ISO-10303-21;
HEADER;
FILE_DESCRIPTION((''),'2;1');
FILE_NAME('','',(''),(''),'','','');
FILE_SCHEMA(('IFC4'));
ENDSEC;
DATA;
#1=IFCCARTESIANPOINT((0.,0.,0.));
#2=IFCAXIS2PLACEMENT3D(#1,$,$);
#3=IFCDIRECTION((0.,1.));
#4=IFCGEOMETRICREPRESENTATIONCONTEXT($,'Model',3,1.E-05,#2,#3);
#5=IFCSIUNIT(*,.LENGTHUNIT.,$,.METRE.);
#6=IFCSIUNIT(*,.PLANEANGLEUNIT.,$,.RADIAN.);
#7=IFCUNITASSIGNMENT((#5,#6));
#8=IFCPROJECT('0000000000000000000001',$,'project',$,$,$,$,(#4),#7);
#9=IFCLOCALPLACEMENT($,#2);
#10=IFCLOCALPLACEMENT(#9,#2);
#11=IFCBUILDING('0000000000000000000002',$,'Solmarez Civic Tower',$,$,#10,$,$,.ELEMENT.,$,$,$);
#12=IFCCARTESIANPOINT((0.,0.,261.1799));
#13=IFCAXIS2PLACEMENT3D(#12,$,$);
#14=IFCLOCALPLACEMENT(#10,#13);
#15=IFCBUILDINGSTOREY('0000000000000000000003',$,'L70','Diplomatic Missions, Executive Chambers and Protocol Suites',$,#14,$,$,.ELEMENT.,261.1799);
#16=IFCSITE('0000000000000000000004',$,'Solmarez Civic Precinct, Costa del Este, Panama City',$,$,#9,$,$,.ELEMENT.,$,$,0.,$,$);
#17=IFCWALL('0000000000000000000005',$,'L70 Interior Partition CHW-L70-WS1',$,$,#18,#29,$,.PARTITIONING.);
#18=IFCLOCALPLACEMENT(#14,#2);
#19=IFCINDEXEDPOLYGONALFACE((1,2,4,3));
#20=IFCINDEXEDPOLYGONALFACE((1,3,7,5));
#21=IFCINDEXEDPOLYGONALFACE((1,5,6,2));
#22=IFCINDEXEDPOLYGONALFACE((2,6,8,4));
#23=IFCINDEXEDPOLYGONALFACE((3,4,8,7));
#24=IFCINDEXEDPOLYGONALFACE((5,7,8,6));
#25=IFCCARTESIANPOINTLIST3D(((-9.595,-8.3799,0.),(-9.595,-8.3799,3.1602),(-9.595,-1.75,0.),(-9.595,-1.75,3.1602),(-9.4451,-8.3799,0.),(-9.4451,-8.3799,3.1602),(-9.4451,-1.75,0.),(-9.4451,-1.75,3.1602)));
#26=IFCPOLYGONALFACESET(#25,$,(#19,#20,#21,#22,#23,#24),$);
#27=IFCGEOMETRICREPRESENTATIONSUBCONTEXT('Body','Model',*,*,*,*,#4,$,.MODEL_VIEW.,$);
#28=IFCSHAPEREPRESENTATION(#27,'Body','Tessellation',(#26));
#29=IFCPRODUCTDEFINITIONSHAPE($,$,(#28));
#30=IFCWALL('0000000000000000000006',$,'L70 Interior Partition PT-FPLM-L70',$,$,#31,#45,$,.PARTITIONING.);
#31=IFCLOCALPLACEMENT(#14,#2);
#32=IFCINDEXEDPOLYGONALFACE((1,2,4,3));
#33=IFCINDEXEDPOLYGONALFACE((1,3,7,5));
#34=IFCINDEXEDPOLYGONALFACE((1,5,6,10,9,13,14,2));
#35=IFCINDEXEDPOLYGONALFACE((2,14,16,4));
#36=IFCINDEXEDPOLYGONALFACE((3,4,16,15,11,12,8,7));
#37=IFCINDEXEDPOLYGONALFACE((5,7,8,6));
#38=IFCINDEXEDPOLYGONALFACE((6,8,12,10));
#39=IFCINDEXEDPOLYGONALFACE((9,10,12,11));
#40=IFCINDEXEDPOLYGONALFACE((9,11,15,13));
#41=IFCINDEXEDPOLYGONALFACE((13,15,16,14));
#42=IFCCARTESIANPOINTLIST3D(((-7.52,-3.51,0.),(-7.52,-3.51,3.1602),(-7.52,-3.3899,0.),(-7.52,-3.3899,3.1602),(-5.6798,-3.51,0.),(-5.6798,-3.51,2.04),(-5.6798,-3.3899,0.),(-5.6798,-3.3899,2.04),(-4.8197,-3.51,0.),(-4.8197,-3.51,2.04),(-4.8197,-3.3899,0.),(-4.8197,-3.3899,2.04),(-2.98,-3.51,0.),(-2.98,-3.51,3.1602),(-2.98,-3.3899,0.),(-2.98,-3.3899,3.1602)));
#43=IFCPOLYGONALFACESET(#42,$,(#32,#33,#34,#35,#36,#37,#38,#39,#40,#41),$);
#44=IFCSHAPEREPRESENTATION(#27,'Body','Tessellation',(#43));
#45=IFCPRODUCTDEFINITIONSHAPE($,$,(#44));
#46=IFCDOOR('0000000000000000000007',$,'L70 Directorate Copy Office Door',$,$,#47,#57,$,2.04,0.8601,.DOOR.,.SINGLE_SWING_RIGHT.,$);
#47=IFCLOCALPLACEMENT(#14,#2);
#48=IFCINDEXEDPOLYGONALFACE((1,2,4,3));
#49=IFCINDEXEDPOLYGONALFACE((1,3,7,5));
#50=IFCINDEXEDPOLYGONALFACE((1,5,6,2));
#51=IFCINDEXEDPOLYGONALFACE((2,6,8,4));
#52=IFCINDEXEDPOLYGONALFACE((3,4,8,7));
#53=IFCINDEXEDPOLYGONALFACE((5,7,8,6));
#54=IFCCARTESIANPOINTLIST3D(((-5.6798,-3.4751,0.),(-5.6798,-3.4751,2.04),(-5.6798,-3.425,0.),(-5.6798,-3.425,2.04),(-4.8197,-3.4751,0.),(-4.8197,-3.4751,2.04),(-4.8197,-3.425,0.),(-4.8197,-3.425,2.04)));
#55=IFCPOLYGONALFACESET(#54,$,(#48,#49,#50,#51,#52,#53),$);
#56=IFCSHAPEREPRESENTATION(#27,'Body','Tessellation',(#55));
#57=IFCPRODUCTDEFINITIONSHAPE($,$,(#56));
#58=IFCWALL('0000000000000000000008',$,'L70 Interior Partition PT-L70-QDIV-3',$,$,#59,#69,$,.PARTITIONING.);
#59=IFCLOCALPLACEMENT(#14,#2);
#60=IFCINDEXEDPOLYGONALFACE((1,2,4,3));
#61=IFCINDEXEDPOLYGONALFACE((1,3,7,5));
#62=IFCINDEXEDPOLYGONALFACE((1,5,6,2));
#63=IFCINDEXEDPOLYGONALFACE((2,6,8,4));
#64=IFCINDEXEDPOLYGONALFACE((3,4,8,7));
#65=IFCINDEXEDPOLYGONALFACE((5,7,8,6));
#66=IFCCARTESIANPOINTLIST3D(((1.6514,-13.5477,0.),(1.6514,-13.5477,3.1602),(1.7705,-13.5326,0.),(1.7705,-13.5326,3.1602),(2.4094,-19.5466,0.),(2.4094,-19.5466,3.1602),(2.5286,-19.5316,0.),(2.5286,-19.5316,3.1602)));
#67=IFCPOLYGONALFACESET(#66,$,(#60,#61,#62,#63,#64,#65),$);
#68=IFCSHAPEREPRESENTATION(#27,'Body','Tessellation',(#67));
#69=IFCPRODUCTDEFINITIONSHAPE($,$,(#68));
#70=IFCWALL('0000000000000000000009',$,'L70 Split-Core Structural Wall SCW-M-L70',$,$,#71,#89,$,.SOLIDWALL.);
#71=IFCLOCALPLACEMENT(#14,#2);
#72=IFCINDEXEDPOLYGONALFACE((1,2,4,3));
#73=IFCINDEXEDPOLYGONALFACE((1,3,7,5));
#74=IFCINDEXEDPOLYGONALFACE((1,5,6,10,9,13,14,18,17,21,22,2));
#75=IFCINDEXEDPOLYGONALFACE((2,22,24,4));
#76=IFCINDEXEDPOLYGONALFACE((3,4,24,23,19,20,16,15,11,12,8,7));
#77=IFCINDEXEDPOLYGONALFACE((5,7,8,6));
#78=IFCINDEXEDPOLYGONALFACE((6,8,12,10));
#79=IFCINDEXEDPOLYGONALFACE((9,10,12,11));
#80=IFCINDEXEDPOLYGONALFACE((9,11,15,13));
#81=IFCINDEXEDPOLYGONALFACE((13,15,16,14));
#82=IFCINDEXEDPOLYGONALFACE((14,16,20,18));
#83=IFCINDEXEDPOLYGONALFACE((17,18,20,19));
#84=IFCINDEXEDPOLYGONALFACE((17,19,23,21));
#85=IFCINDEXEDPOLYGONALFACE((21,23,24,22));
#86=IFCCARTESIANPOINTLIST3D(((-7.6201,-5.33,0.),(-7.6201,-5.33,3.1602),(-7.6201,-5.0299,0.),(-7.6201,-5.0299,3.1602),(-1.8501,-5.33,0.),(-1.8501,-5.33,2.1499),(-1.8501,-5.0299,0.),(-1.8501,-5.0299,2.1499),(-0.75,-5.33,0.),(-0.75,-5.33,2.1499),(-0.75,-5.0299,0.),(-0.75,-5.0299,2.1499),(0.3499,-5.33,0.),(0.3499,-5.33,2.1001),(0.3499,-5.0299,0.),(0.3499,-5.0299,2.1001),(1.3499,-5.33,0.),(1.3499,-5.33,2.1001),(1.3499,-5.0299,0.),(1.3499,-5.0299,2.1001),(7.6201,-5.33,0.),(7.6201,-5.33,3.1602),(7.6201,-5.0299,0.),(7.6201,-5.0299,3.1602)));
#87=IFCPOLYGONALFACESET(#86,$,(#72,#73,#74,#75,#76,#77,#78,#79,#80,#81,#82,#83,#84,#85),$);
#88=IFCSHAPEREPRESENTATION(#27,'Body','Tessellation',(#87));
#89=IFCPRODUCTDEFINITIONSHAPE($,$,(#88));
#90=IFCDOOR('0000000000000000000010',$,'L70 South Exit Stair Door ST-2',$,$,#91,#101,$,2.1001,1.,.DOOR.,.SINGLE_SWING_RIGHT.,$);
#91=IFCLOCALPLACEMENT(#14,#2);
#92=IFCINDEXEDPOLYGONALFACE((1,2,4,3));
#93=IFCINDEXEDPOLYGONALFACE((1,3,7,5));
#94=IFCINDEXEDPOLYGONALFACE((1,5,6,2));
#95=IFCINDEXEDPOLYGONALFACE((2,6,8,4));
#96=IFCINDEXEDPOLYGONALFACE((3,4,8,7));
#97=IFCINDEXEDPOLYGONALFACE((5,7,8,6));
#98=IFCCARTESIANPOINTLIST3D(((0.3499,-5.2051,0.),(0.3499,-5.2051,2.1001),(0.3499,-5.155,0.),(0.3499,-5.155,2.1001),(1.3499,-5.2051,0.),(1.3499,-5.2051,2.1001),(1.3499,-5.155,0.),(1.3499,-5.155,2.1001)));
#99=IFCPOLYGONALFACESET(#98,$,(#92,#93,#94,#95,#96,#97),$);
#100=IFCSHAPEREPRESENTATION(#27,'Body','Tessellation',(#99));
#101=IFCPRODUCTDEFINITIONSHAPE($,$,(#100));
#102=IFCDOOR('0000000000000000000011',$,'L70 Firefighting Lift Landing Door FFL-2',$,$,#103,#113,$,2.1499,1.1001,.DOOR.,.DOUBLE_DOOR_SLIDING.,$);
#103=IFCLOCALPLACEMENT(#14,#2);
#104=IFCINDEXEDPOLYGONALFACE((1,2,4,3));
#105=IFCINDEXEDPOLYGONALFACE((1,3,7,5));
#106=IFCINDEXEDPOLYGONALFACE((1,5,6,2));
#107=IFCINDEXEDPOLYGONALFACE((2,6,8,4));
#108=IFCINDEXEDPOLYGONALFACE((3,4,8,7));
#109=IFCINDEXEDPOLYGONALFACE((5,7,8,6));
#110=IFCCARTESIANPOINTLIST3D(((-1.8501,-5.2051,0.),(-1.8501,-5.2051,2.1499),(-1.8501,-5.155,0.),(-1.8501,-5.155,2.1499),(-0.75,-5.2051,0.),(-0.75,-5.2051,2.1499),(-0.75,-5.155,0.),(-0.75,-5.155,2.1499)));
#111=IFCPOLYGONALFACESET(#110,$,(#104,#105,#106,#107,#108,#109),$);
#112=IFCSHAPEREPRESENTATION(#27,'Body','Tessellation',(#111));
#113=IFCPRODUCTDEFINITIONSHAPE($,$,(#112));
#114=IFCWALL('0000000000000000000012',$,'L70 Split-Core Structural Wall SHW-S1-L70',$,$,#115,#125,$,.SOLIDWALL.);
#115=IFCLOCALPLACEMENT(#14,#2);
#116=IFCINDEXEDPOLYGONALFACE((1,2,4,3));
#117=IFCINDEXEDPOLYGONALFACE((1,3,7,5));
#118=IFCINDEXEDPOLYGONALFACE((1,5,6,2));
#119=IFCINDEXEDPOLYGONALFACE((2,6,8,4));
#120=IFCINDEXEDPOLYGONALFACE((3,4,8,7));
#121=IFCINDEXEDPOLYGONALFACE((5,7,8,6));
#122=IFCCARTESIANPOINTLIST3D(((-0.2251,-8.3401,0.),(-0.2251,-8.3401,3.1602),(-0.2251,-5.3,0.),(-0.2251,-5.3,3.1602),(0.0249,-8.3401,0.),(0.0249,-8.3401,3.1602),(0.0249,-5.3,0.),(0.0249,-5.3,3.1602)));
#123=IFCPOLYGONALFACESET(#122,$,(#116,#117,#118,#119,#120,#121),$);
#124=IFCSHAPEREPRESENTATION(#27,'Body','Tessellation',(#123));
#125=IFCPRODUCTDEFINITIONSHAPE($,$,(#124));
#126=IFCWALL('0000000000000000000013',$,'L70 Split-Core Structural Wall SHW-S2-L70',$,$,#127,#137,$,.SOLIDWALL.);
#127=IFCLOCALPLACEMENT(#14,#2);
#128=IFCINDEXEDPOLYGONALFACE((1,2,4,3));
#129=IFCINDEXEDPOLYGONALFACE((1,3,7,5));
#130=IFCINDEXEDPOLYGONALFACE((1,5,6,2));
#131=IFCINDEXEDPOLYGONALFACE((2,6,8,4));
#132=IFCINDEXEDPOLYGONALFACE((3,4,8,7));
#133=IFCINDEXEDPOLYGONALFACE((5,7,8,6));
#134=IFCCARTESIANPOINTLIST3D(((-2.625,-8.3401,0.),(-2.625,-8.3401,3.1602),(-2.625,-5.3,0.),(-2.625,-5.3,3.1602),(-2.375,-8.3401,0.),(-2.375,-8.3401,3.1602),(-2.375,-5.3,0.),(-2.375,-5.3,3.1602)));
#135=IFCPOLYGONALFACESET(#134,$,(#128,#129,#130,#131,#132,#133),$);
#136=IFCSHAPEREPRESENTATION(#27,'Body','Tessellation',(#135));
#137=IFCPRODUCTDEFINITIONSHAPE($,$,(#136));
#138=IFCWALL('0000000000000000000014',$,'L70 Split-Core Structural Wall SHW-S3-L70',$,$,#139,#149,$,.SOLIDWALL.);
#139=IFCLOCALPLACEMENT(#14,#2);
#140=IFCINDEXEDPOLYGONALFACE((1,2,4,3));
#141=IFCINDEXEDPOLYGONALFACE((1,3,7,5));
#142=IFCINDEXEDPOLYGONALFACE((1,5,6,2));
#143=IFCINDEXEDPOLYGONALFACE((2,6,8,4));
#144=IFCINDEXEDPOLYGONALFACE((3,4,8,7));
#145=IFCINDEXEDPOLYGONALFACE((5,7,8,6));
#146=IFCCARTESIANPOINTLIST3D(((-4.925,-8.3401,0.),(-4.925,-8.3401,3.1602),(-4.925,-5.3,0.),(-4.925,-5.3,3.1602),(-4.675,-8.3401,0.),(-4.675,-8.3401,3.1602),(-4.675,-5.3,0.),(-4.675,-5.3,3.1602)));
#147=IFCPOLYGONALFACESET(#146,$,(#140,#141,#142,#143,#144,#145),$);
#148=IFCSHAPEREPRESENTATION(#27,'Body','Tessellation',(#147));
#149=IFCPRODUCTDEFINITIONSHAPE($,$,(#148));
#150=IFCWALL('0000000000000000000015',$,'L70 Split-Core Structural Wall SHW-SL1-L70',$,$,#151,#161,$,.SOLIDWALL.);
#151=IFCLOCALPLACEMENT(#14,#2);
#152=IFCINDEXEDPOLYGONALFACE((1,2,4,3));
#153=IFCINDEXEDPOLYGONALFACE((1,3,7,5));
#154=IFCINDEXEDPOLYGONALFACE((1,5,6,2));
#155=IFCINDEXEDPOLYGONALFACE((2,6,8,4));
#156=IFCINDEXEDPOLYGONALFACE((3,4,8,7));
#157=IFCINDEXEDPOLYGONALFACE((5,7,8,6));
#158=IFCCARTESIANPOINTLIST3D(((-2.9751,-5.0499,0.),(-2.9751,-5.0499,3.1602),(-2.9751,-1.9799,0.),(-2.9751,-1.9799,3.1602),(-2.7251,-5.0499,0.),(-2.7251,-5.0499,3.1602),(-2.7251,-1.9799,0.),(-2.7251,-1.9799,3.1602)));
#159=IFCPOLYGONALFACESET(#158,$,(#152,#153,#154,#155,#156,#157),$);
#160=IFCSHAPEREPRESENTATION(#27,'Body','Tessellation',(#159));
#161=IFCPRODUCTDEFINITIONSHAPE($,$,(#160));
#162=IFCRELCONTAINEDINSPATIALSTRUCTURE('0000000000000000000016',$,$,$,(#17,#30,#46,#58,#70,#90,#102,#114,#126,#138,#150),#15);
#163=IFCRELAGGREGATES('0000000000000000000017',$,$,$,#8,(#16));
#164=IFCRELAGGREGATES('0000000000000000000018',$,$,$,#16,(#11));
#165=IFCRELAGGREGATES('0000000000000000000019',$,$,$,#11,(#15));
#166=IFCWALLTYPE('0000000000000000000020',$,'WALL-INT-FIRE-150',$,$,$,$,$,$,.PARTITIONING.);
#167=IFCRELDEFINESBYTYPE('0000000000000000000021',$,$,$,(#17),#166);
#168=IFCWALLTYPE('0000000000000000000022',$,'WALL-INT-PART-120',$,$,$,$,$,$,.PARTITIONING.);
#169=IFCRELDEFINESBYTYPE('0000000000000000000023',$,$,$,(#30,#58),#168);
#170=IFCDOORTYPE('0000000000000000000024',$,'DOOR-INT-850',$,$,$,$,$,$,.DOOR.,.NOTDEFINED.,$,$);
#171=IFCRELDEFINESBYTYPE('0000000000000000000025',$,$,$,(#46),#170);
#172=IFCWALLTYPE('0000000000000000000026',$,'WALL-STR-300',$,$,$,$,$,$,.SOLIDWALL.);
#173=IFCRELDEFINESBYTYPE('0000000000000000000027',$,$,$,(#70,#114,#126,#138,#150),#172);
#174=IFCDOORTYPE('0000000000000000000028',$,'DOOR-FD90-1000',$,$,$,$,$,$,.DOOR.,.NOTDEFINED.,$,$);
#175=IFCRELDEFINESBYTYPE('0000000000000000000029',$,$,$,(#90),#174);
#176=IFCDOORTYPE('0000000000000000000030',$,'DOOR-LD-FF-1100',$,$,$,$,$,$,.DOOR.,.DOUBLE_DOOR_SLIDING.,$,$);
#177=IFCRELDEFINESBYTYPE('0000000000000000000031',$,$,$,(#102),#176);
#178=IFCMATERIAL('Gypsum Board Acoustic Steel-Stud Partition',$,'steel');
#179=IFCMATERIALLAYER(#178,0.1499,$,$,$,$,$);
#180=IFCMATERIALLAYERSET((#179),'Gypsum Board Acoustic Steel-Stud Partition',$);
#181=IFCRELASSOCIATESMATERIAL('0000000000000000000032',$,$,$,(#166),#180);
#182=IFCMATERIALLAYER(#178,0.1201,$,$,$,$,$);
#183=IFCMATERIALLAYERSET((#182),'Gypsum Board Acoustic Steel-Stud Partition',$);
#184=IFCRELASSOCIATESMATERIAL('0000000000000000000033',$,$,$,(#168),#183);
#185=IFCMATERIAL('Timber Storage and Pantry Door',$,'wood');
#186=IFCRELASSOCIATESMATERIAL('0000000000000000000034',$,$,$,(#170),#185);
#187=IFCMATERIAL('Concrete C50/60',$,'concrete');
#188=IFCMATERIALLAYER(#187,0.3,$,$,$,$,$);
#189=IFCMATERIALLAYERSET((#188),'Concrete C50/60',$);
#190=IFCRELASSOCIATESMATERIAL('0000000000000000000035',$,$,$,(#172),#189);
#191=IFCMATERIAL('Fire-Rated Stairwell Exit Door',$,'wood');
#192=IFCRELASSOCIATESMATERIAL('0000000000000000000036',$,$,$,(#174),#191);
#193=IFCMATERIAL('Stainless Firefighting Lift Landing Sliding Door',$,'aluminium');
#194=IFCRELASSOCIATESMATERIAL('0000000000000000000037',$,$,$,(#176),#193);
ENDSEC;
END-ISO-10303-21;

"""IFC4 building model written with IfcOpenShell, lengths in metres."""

from ifc_helpers import new_model, si_unit, direction, frame, frame_2d, origin, place, context, subcontext, project, spatial, rectangle, extrude, material, layer, layer_set, type_object, element, fill, save


model = new_model("IFC4")

# Units and contexts
model_context = context("Model", 3, precision=1e-05, world=origin(), true_north=direction((0.0, 1.0)))
body_context = subcontext(model_context, "Body", "Model", "MODEL_VIEW")
ifc_project = project(units=[si_unit("LENGTHUNIT", "METRE"), si_unit("PLANEANGLEUNIT", "RADIAN")], contexts=[model_context])

# Site, building, storey
site_placement = place(None, origin())
site = spatial("IfcSite", under=ifc_project, at=site_placement, Name="Solmarez Civic Precinct, Costa del Este, Panama City", CompositionType="ELEMENT", RefElevation=0.0)
building_placement = place(site_placement, origin())
building = spatial("IfcBuilding", under=site, at=building_placement, Name="Solmarez Civic Tower", CompositionType="ELEMENT")
storey_placement = place(building_placement, frame((0.0, 0.0, 261.1799)))
storey = spatial("IfcBuildingStorey", under=building, at=storey_placement, Name="L70", Description="Diplomatic Missions, Executive Chambers and Protocol Suites", CompositionType="ELEMENT", Elevation=261.1799)

# Shared definitions
ifc_material_1 = material(Name="Concrete C50/60", Category="concrete")

# Wall
ifc_material_2 = material(Name="Gypsum Board Acoustic Steel-Stud Partition", Category="steel")
ifc_layer_1 = layer(ifc_material_2, 0.1499)
ifc_layer_set_1 = layer_set([ifc_layer_1], Name="Gypsum Board Acoustic Steel-Stud Partition")
wall_type_1 = type_object("IfcWallType", Name="WALL-INT-FIRE-150", PredefinedType="PARTITIONING", material=ifc_layer_set_1)
wall_1_placement = place(storey_placement, frame((-9.52, -8.3799, 0.0), z_axis=(0.0, 0.0, 1.0), x_axis=(0.0, 1.0, 0.0)))
element("IfcWall", 1, at=wall_1_placement, inside=storey, type_object=wall_type_1, Name="L70 Interior Partition CHW-L70-WS1", PredefinedType="PARTITIONING", context=body_context, shape_type="SweptSolid", body=[
    extrude(rectangle(XDim=6.6299, YDim=0.1499, at=frame_2d((3.3149, 0.0))), origin(), (0.0, 0.0, 1.0), 3.1602),
])

# Wall, opening, door
ifc_layer_2 = layer(ifc_material_2, 0.1201)
ifc_layer_set_2 = layer_set([ifc_layer_2], Name="Gypsum Board Acoustic Steel-Stud Partition")
wall_type_2 = type_object("IfcWallType", Name="WALL-INT-PART-120", PredefinedType="PARTITIONING", material=ifc_layer_set_2)
wall_2_placement = place(storey_placement, frame((-7.52, -3.45, 0.0), z_axis=(0.0, 0.0, 1.0), x_axis=(1.0, 0.0, 0.0)))
wall_2 = element("IfcWall", 2, at=wall_2_placement, inside=storey, type_object=wall_type_2, Name="L70 Interior Partition PT-FPLM-L70", PredefinedType="PARTITIONING", context=body_context, shape_type="SweptSolid", body=[
    extrude(rectangle(XDim=4.54, YDim=0.1201, at=frame_2d((2.27, 0.0))), origin(), (0.0, 0.0, 1.0), 3.1602),
])
opening_1_placement = place(wall_2_placement, frame((1.8401, 0.0, 0.0)))
opening_1 = element("IfcOpeningElement", 3, at=opening_1_placement, cuts=wall_2, PredefinedType="OPENING", context=body_context, shape_type="SweptSolid", body=[
    extrude(rectangle(XDim=0.8601, YDim=2.04, at=frame_2d((0.4302, 1.02))), frame((0.0, 0.0701, 0.0), z_axis=(0.0, -1.0, 0.0), x_axis=(1.0, 0.0, 0.0)), (0.0, 0.0, 1.0), 0.1401),
])
ifc_material_3 = material(Name="Timber Storage and Pantry Door", Category="wood")
door_type_1 = type_object("IfcDoorType", Name="DOOR-INT-850", OperationType="NOTDEFINED", PredefinedType="DOOR", material=ifc_material_3)
door_1_placement = place(opening_1_placement, origin())
door_1 = element("IfcDoor", 4, at=door_1_placement, inside=storey, type_object=door_type_1, Name="L70 Directorate Copy Office Door", OperationType="SINGLE_SWING_RIGHT", OverallHeight=2.04, OverallWidth=0.8601, PredefinedType="DOOR", context=body_context, shape_type="SweptSolid", body=[
    extrude(rectangle(XDim=0.8601, YDim=2.04, at=frame_2d((0.4302, 1.02))), frame((0.0, 0.0249, 0.0), z_axis=(0.0, -1.0, 0.0), x_axis=(1.0, 0.0, 0.0)), (0.0, 0.0, 1.0), 0.05),
])
fill(opening_1, door_1)

# Wall
wall_3_placement = place(storey_placement, frame((1.7109, -13.54, 0.0), z_axis=(0.0, 0.0, 1.0), x_axis=(0.125366, -0.992111, 0.0)))
element("IfcWall", 5, at=wall_3_placement, inside=storey, type_object=wall_type_2, Name="L70 Interior Partition PT-L70-QDIV-3", PredefinedType="PARTITIONING", context=body_context, shape_type="SweptSolid", body=[
    extrude(rectangle(XDim=6.0466, YDim=0.1201, at=frame_2d((3.0234, 0.0))), origin(), (0.0, 0.0, 1.0), 3.1602),
])

# Wall, openings, doors
ifc_layer_3 = layer(ifc_material_1, 0.3)
ifc_layer_set_3 = layer_set([ifc_layer_3], Name="Concrete C50/60")
wall_type_3 = type_object("IfcWallType", Name="WALL-STR-300", PredefinedType="SOLIDWALL", material=ifc_layer_set_3)
wall_4_placement = place(storey_placement, frame((-7.6201, -5.1799, 0.0), z_axis=(0.0, 0.0, 1.0), x_axis=(1.0, 0.0, 0.0)))
wall_4 = element("IfcWall", 6, at=wall_4_placement, inside=storey, type_object=wall_type_3, Name="L70 Split-Core Structural Wall SCW-M-L70", PredefinedType="SOLIDWALL", context=body_context, shape_type="SweptSolid", body=[
    extrude(rectangle(XDim=15.2402, YDim=0.3, at=frame_2d((7.6201, 0.0))), origin(), (0.0, 0.0, 1.0), 3.1602),
])
opening_2_placement = place(wall_4_placement, frame((5.77, 0.0, 0.0)))
opening_2 = element("IfcOpeningElement", 7, at=opening_2_placement, cuts=wall_4, PredefinedType="OPENING", context=body_context, shape_type="SweptSolid", body=[
    extrude(rectangle(XDim=1.1001, YDim=2.1499, at=frame_2d((0.55, 1.075))), frame((0.0, 0.1599, 0.0), z_axis=(0.0, -1.0, 0.0), x_axis=(1.0, 0.0, 0.0)), (0.0, 0.0, 1.0), 0.3201),
])
opening_3_placement = place(wall_4_placement, frame((7.97, 0.0, 0.0)))
opening_3 = element("IfcOpeningElement", 8, at=opening_3_placement, cuts=wall_4, PredefinedType="OPENING", context=body_context, shape_type="SweptSolid", body=[
    extrude(rectangle(XDim=1.0, YDim=2.1001, at=frame_2d((0.5, 1.05))), frame((0.0, 0.1599, 0.0), z_axis=(0.0, -1.0, 0.0), x_axis=(1.0, 0.0, 0.0)), (0.0, 0.0, 1.0), 0.3201),
])
ifc_material_4 = material(Name="Fire-Rated Stairwell Exit Door", Category="wood")
door_type_2 = type_object("IfcDoorType", Name="DOOR-FD90-1000", OperationType="NOTDEFINED", PredefinedType="DOOR", material=ifc_material_4)
door_2_placement = place(opening_3_placement, origin())
door_2 = element("IfcDoor", 9, at=door_2_placement, inside=storey, type_object=door_type_2, Name="L70 South Exit Stair Door ST-2", OperationType="SINGLE_SWING_RIGHT", OverallHeight=2.1001, OverallWidth=1.0, PredefinedType="DOOR", context=body_context, shape_type="SweptSolid", body=[
    extrude(rectangle(XDim=1.0, YDim=2.1001, at=frame_2d((0.5, 1.05))), frame((0.0, 0.0249, 0.0), z_axis=(0.0, -1.0, 0.0), x_axis=(1.0, 0.0, 0.0)), (0.0, 0.0, 1.0), 0.05),
])
fill(opening_3, door_2)
ifc_material_5 = material(Name="Stainless Firefighting Lift Landing Sliding Door", Category="aluminium")
door_type_3 = type_object("IfcDoorType", Name="DOOR-LD-FF-1100", OperationType="DOUBLE_DOOR_SLIDING", PredefinedType="DOOR", material=ifc_material_5)
door_3_placement = place(opening_2_placement, origin())
door_3 = element("IfcDoor", 10, at=door_3_placement, inside=storey, type_object=door_type_3, Name="L70 Firefighting Lift Landing Door FFL-2", OperationType="DOUBLE_DOOR_SLIDING", OverallHeight=2.1499, OverallWidth=1.1001, PredefinedType="DOOR", context=body_context, shape_type="SweptSolid", body=[
    extrude(rectangle(XDim=1.1001, YDim=2.1499, at=frame_2d((0.55, 1.075))), frame((0.0, 0.0249, 0.0), z_axis=(0.0, -1.0, 0.0), x_axis=(1.0, 0.0, 0.0)), (0.0, 0.0, 1.0), 0.05),
])
fill(opening_2, door_3)

# Walls
for number, where, z_axis, x_axis, name in (
    (11, (-0.1001, -8.3401, 0.0), (0.0, 0.0, 1.0), (0.0, 1.0, 0.0), "L70 Split-Core Structural Wall SHW-S1-L70"),
    (12, (-2.5, -8.3401, 0.0), (0.0, 0.0, 1.0), (0.0, 1.0, 0.0), "L70 Split-Core Structural Wall SHW-S2-L70"),
    (13, (-4.8, -8.3401, 0.0), (0.0, 0.0, 1.0), (0.0, 1.0, 0.0), "L70 Split-Core Structural Wall SHW-S3-L70"),
):
    element("IfcWall", number, at=place(storey_placement, frame(where, z_axis=z_axis, x_axis=x_axis)), inside=storey, type_object=wall_type_3, Name=name, PredefinedType="SOLIDWALL", context=body_context, shape_type="SweptSolid", body=[
        extrude(rectangle(XDim=3.04, YDim=0.25, at=frame_2d((1.52, 0.0))), origin(), (0.0, 0.0, 1.0), 3.1602),
    ])
wall_5_placement = place(storey_placement, frame((-2.8501, -5.05, 0.0), z_axis=(0.0, 0.0, 1.0), x_axis=(0.0, 1.0, 0.0)))
element("IfcWall", 14, at=wall_5_placement, inside=storey, type_object=wall_type_3, Name="L70 Split-Core Structural Wall SHW-SL1-L70", PredefinedType="SOLIDWALL", context=body_context, shape_type="SweptSolid", body=[
    extrude(rectangle(XDim=3.0701, YDim=0.25, at=frame_2d((1.5352, 0.0))), origin(), (0.0, 0.0, 1.0), 3.1602),
])

save(model, "model.ifc")
